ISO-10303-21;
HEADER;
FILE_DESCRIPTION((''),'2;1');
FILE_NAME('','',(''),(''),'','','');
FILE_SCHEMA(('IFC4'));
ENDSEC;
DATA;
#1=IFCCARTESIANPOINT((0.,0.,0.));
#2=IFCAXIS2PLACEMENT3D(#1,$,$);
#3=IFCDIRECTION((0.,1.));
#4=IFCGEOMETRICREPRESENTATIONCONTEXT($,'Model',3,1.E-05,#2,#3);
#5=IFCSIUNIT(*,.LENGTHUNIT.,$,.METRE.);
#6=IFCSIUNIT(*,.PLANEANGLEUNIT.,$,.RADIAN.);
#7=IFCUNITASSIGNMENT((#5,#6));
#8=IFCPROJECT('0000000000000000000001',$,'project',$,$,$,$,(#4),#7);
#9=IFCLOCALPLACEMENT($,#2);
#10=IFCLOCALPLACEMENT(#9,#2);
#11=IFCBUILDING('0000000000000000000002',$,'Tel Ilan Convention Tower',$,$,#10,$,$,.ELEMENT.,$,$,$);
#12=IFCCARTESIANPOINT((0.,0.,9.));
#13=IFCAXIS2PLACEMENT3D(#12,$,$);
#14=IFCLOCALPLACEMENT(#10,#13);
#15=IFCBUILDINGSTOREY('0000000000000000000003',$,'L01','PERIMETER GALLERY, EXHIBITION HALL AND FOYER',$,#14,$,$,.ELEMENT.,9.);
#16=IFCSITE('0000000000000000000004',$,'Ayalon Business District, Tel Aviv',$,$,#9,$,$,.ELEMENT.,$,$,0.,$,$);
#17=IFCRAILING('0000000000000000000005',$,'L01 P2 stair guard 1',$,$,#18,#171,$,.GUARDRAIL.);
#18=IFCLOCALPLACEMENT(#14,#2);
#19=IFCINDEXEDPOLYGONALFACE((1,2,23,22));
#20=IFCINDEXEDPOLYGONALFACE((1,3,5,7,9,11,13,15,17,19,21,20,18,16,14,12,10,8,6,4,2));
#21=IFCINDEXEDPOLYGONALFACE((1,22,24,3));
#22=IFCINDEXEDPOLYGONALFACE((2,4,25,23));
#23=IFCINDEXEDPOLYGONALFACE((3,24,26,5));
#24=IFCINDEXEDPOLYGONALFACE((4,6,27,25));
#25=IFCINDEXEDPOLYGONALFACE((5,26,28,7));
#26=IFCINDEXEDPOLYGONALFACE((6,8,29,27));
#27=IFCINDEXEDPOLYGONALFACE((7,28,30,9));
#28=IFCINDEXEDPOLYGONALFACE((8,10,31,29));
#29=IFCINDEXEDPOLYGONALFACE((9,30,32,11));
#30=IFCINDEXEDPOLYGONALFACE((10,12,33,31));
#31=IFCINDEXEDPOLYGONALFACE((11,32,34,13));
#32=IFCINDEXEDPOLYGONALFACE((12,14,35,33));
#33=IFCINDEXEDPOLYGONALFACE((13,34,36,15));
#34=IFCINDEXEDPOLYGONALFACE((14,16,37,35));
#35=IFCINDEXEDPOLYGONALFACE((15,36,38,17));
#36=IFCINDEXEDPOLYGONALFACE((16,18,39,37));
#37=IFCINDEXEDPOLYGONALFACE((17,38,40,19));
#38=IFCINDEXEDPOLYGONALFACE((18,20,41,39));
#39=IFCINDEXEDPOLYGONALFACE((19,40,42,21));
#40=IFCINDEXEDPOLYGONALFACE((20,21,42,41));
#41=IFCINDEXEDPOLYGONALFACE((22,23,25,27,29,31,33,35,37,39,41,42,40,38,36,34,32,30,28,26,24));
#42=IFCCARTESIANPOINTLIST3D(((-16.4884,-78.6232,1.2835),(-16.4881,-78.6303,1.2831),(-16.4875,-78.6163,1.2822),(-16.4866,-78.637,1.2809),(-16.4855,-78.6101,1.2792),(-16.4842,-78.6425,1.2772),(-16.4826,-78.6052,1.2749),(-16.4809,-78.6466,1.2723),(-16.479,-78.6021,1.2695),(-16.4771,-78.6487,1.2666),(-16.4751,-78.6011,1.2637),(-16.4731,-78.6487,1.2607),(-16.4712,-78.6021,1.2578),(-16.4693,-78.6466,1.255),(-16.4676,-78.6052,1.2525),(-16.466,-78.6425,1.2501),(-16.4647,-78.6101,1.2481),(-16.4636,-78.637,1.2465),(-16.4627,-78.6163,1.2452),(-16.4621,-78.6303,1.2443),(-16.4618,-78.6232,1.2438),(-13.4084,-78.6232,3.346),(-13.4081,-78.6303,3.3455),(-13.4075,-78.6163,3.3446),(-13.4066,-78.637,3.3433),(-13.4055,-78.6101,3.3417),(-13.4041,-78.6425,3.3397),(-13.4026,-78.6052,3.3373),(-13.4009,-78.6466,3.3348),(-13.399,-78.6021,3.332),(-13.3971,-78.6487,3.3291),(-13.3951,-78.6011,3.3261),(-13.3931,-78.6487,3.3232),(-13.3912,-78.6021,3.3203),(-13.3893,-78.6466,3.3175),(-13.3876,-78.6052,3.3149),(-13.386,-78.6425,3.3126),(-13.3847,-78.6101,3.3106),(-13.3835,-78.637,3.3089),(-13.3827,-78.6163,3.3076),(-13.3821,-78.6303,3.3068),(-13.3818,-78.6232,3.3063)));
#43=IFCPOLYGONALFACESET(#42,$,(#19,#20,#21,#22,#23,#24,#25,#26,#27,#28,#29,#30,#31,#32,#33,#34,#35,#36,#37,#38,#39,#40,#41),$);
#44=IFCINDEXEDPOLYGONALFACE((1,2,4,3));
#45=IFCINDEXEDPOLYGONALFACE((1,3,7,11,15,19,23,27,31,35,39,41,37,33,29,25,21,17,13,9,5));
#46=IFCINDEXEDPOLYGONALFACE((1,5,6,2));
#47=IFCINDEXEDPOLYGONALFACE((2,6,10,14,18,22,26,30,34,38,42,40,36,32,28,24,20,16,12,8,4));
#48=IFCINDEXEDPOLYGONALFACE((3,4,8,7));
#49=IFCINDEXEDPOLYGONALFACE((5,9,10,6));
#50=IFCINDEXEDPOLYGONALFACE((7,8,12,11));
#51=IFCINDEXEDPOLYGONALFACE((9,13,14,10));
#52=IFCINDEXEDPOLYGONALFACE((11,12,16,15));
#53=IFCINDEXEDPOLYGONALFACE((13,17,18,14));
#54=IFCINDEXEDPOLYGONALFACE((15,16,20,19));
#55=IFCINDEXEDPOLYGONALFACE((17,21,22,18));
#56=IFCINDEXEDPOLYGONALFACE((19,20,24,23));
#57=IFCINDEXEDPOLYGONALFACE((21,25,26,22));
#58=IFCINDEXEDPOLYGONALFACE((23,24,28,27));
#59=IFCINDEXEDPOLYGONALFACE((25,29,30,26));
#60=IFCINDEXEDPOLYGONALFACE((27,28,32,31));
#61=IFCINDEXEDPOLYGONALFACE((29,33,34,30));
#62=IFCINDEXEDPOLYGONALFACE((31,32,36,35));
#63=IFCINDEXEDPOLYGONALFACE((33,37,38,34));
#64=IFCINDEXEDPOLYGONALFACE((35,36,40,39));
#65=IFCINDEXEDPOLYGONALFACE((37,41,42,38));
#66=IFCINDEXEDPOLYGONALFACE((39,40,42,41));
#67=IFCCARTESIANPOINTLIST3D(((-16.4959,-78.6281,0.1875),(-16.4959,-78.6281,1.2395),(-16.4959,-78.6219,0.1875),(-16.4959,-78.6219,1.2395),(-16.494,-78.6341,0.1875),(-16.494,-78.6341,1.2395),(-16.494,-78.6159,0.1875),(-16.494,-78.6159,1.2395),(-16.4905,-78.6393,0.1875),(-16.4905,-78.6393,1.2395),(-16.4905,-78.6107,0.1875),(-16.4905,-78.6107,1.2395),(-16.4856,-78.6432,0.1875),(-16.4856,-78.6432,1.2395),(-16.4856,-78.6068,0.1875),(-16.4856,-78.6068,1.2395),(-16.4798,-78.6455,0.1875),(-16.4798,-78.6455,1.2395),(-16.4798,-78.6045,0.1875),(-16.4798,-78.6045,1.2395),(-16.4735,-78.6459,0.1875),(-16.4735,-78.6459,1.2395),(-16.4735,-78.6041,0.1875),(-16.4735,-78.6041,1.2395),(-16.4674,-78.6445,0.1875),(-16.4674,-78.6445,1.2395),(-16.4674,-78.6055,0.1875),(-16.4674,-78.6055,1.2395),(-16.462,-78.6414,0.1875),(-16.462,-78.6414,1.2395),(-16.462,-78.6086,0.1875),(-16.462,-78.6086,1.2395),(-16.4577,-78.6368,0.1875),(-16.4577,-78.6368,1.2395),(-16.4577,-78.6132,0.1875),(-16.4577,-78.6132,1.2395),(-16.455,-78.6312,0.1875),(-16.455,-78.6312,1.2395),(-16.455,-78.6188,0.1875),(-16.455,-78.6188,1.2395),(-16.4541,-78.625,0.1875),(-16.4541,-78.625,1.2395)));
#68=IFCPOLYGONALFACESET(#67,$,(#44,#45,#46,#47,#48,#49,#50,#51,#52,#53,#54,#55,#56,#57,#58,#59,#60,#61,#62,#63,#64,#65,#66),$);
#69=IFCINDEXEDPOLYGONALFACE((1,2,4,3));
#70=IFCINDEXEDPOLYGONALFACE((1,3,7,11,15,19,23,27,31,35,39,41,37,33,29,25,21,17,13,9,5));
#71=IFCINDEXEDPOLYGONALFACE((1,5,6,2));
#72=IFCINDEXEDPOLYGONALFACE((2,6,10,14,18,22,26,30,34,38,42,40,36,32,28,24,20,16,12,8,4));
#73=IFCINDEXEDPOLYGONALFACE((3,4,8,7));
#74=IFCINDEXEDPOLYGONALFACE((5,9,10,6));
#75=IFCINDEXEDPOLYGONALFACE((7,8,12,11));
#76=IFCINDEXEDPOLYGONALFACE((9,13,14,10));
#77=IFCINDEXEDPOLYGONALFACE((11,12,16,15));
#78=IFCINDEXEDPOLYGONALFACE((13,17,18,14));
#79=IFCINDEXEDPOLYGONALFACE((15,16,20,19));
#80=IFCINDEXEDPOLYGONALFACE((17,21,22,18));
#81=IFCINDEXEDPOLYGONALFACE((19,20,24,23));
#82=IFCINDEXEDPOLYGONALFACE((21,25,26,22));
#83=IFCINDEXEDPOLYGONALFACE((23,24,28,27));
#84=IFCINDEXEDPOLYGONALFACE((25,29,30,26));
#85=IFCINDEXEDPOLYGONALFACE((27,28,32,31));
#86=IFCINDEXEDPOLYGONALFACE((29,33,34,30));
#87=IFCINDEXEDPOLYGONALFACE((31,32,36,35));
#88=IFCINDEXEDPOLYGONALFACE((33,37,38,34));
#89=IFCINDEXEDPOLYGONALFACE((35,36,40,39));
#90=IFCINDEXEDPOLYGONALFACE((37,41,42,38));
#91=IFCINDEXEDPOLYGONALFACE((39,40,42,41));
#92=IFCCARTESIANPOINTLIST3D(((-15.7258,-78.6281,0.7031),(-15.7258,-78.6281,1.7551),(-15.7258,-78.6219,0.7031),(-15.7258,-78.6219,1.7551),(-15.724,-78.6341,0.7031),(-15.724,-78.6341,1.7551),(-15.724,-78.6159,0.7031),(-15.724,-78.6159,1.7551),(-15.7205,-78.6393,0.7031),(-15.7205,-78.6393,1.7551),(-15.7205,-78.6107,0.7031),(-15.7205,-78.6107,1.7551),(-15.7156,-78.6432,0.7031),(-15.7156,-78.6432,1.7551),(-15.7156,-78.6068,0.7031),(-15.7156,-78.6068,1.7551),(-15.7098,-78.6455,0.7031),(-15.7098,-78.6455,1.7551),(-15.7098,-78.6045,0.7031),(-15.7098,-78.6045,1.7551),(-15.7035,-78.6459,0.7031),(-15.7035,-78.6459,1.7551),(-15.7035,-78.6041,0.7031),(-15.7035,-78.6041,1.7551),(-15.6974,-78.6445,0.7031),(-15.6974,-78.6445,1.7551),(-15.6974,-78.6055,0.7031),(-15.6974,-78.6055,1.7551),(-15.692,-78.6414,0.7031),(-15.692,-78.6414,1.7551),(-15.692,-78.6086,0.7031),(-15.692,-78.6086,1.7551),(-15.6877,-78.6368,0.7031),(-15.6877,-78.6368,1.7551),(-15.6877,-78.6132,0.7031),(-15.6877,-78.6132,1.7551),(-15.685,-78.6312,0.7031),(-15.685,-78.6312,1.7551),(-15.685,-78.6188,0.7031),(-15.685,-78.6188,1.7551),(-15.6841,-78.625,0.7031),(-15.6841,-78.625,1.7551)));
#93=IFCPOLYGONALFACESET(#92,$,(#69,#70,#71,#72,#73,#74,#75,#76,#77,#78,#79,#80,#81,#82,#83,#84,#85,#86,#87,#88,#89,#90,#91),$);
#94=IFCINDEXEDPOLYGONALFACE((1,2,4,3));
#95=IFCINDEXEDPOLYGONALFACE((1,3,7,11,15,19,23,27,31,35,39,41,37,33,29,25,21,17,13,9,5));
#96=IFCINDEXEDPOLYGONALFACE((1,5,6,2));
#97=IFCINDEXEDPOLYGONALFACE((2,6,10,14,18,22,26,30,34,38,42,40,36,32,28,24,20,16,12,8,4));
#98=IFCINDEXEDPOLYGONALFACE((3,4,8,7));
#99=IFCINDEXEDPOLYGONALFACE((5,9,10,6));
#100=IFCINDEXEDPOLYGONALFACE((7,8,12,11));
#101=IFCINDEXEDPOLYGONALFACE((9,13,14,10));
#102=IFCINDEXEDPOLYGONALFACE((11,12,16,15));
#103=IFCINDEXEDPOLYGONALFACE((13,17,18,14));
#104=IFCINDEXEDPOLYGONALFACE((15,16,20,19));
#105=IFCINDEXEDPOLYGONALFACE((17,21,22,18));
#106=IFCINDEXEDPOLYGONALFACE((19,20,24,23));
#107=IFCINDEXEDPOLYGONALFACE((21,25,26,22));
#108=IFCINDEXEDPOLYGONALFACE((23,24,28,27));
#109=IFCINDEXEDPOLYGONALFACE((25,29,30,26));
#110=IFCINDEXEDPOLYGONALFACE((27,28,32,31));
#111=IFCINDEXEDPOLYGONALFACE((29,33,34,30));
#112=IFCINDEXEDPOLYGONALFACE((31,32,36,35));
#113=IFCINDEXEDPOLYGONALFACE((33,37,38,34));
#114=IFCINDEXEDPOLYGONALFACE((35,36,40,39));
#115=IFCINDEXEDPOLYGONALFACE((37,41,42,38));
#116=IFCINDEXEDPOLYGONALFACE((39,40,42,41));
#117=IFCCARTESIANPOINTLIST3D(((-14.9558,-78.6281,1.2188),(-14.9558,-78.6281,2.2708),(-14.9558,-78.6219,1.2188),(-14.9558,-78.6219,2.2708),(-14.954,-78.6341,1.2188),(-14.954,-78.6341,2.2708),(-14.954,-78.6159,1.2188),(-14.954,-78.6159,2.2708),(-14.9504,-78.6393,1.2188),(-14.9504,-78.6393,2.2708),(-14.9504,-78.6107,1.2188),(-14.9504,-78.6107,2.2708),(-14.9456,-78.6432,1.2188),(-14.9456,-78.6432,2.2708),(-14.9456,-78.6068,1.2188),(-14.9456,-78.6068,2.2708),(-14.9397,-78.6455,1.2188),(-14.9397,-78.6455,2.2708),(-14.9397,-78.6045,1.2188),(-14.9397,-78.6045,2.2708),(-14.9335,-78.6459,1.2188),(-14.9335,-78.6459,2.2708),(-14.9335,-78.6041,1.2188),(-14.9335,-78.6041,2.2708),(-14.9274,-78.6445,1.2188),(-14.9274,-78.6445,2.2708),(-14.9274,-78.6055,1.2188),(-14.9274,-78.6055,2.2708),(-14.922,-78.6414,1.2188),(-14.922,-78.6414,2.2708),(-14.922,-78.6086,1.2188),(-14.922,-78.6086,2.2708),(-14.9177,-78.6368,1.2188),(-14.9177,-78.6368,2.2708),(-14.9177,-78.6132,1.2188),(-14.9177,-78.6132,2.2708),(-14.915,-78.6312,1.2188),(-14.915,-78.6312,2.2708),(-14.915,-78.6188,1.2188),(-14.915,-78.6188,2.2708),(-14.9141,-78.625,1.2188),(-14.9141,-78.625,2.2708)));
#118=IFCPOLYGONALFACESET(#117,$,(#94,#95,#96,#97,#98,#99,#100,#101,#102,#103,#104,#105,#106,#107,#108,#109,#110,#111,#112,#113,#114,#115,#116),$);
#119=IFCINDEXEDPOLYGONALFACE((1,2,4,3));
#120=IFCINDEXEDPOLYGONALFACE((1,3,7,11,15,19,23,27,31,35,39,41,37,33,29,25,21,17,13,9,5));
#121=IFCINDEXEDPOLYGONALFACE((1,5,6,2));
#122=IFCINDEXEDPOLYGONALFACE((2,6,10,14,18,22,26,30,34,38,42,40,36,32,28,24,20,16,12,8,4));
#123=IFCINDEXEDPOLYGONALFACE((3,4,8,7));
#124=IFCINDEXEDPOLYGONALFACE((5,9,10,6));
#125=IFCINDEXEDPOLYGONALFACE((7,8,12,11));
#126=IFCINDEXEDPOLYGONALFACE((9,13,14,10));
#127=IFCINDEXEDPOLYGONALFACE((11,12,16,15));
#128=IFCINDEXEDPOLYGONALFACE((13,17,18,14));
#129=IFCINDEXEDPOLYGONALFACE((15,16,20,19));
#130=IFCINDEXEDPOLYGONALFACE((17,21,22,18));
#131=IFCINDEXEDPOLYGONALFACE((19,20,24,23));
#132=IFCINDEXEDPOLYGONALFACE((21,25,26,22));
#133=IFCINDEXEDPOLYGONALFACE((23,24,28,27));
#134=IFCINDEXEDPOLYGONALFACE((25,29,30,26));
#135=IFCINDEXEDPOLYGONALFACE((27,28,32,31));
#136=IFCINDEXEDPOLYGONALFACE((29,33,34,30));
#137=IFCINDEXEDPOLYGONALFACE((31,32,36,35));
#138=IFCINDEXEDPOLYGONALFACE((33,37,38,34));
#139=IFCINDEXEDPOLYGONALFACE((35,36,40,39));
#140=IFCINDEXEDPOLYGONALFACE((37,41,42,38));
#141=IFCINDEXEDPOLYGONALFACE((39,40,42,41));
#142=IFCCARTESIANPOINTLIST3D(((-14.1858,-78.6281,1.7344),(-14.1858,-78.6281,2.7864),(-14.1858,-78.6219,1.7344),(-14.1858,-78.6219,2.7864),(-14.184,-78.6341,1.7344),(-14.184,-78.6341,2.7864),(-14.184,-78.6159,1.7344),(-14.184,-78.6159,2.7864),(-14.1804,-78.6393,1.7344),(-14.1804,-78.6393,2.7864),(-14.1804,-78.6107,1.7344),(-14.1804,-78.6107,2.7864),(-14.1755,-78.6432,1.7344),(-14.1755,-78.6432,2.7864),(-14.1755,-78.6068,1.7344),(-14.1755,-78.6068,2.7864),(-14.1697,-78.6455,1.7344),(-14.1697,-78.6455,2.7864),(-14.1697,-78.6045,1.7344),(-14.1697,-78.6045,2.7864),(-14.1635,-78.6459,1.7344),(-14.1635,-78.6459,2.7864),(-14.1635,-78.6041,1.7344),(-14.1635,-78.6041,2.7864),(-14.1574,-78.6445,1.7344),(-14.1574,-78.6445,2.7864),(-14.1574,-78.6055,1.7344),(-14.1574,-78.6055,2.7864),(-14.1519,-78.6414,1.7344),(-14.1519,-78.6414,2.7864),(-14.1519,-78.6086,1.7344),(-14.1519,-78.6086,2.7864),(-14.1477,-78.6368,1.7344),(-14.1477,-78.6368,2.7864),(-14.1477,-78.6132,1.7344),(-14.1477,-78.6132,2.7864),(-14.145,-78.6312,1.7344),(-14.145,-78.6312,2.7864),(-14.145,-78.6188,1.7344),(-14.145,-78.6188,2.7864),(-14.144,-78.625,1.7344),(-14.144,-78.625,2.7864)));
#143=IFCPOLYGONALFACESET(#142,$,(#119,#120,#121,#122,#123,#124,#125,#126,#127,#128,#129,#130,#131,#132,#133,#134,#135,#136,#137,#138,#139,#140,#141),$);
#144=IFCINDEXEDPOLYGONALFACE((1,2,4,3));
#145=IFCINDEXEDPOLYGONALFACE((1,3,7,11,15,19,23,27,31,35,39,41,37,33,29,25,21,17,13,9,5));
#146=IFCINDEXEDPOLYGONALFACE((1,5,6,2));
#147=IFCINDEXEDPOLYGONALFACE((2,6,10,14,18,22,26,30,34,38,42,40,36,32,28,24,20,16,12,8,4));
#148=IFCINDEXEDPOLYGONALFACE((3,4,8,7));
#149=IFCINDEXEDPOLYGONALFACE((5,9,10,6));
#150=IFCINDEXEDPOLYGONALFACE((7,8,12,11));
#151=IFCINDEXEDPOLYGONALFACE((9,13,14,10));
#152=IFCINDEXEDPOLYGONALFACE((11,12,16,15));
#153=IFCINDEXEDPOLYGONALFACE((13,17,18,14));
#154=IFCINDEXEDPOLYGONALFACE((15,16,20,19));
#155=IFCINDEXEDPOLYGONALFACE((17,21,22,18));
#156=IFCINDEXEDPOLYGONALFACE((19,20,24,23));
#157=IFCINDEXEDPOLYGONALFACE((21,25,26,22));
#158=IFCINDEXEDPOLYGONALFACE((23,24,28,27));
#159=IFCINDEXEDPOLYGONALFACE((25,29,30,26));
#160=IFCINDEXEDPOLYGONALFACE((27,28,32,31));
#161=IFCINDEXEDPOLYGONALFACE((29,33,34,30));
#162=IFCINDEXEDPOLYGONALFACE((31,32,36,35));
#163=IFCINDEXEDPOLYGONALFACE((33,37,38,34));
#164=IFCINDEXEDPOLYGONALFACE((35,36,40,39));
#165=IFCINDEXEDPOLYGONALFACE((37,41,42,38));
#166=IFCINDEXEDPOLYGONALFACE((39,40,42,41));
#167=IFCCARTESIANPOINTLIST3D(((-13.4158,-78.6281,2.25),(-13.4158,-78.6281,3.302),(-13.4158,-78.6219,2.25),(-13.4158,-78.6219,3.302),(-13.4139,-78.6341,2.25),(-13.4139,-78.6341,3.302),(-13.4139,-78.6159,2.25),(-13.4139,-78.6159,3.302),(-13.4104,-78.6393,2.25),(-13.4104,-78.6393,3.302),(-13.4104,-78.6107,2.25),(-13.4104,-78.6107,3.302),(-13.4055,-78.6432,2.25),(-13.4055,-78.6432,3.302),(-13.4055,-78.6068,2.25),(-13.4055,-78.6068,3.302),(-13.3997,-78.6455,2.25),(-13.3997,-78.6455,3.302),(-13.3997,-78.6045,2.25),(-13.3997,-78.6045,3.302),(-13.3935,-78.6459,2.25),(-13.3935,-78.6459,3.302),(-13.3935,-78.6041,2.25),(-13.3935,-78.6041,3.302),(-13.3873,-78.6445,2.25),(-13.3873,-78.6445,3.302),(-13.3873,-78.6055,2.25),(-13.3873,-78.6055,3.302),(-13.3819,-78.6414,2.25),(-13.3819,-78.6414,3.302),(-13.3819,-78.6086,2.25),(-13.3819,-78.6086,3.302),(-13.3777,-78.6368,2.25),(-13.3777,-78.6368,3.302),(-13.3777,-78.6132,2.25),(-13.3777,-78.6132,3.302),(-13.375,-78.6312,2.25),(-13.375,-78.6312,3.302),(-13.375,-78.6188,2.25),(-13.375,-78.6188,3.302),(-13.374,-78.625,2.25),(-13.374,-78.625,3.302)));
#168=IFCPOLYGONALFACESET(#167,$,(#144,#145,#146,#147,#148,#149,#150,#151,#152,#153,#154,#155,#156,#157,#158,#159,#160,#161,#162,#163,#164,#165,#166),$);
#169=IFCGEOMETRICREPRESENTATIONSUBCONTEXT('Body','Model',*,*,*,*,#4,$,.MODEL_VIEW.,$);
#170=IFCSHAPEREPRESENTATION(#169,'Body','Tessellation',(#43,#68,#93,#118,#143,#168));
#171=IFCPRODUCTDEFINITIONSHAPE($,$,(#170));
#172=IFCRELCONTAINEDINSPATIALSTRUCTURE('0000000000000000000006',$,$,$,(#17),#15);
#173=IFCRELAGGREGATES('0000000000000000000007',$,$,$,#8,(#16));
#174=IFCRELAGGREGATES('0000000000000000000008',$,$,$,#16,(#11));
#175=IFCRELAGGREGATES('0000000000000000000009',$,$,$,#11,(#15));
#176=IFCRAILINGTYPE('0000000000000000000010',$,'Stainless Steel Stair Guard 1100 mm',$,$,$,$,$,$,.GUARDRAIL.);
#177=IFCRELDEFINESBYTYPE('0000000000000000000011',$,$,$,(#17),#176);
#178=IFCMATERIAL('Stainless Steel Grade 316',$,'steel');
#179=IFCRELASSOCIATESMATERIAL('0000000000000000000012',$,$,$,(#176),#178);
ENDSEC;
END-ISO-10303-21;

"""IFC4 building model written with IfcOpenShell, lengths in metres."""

from ifc_helpers import new_model, si_unit, direction, frame, origin, origin_2d, place, context, subcontext, project, spatial, circle, extrude, material, type_object, element, save


model = new_model("IFC4")

# Units and contexts
model_context = context("Model", 3, precision=1e-05, world=origin(), true_north=direction((0.0, 1.0)))
body_context = subcontext(model_context, "Body", "Model", "MODEL_VIEW")
ifc_project = project(units=[si_unit("LENGTHUNIT", "METRE"), si_unit("PLANEANGLEUNIT", "RADIAN")], contexts=[model_context])

# Site, building, storey
site_placement = place(None, origin())
site = spatial("IfcSite", under=ifc_project, at=site_placement, Name="Ayalon Business District, Tel Aviv", CompositionType="ELEMENT", RefElevation=0.0)
building_placement = place(site_placement, origin())
building = spatial("IfcBuilding", under=site, at=building_placement, Name="Tel Ilan Convention Tower", CompositionType="ELEMENT")
storey_placement = place(building_placement, frame((0.0, 0.0, 9.0)))
storey = spatial("IfcBuildingStorey", under=building, at=storey_placement, Name="L01", Description="PERIMETER GALLERY, EXHIBITION HALL AND FOYER", CompositionType="ELEMENT", Elevation=9.0)

# Railing
ifc_material_1 = material(Name="Stainless Steel Grade 316", Category="steel")
railing_type_1 = type_object("IfcRailingType", Name="Stainless Steel Stair Guard 1100 mm", PredefinedType="GUARDRAIL", material=ifc_material_1)
railing_1_placement = place(storey_placement, frame((-16.4751, -78.625, 0.1875)))
element("IfcRailing", 1, at=railing_1_placement, inside=storey, type_object=railing_type_1, Name="L01 P2 stair guard 1", PredefinedType="GUARDRAIL", context=body_context, shape_type="SweptSolid", body=[
    extrude(circle(Radius=0.0239, at=origin_2d()), frame((0.0, 0.0, 1.0762), z_axis=(0.830914, 0.0, 0.556401), x_axis=(0.0, 1.0, 0.0)), (0.0, 0.0, 1.0), 3.7068),
    extrude(circle(Radius=0.021, at=origin_2d()), origin(), (0.0, 0.0, 1.0), 1.052),
    extrude(circle(Radius=0.021, at=origin_2d()), frame((0.77, 0.0, 0.5156)), (0.0, 0.0, 1.0), 1.052),
    extrude(circle(Radius=0.021, at=origin_2d()), frame((1.54, 0.0, 1.0312)), (0.0, 0.0, 1.0), 1.052),
    extrude(circle(Radius=0.021, at=origin_2d()), frame((2.3101, 0.0, 1.5469)), (0.0, 0.0, 1.0), 1.052),
    extrude(circle(Radius=0.021, at=origin_2d()), frame((3.0801, 0.0, 2.0625)), (0.0, 0.0, 1.0), 1.052),
])

save(model, "model.ifc")
